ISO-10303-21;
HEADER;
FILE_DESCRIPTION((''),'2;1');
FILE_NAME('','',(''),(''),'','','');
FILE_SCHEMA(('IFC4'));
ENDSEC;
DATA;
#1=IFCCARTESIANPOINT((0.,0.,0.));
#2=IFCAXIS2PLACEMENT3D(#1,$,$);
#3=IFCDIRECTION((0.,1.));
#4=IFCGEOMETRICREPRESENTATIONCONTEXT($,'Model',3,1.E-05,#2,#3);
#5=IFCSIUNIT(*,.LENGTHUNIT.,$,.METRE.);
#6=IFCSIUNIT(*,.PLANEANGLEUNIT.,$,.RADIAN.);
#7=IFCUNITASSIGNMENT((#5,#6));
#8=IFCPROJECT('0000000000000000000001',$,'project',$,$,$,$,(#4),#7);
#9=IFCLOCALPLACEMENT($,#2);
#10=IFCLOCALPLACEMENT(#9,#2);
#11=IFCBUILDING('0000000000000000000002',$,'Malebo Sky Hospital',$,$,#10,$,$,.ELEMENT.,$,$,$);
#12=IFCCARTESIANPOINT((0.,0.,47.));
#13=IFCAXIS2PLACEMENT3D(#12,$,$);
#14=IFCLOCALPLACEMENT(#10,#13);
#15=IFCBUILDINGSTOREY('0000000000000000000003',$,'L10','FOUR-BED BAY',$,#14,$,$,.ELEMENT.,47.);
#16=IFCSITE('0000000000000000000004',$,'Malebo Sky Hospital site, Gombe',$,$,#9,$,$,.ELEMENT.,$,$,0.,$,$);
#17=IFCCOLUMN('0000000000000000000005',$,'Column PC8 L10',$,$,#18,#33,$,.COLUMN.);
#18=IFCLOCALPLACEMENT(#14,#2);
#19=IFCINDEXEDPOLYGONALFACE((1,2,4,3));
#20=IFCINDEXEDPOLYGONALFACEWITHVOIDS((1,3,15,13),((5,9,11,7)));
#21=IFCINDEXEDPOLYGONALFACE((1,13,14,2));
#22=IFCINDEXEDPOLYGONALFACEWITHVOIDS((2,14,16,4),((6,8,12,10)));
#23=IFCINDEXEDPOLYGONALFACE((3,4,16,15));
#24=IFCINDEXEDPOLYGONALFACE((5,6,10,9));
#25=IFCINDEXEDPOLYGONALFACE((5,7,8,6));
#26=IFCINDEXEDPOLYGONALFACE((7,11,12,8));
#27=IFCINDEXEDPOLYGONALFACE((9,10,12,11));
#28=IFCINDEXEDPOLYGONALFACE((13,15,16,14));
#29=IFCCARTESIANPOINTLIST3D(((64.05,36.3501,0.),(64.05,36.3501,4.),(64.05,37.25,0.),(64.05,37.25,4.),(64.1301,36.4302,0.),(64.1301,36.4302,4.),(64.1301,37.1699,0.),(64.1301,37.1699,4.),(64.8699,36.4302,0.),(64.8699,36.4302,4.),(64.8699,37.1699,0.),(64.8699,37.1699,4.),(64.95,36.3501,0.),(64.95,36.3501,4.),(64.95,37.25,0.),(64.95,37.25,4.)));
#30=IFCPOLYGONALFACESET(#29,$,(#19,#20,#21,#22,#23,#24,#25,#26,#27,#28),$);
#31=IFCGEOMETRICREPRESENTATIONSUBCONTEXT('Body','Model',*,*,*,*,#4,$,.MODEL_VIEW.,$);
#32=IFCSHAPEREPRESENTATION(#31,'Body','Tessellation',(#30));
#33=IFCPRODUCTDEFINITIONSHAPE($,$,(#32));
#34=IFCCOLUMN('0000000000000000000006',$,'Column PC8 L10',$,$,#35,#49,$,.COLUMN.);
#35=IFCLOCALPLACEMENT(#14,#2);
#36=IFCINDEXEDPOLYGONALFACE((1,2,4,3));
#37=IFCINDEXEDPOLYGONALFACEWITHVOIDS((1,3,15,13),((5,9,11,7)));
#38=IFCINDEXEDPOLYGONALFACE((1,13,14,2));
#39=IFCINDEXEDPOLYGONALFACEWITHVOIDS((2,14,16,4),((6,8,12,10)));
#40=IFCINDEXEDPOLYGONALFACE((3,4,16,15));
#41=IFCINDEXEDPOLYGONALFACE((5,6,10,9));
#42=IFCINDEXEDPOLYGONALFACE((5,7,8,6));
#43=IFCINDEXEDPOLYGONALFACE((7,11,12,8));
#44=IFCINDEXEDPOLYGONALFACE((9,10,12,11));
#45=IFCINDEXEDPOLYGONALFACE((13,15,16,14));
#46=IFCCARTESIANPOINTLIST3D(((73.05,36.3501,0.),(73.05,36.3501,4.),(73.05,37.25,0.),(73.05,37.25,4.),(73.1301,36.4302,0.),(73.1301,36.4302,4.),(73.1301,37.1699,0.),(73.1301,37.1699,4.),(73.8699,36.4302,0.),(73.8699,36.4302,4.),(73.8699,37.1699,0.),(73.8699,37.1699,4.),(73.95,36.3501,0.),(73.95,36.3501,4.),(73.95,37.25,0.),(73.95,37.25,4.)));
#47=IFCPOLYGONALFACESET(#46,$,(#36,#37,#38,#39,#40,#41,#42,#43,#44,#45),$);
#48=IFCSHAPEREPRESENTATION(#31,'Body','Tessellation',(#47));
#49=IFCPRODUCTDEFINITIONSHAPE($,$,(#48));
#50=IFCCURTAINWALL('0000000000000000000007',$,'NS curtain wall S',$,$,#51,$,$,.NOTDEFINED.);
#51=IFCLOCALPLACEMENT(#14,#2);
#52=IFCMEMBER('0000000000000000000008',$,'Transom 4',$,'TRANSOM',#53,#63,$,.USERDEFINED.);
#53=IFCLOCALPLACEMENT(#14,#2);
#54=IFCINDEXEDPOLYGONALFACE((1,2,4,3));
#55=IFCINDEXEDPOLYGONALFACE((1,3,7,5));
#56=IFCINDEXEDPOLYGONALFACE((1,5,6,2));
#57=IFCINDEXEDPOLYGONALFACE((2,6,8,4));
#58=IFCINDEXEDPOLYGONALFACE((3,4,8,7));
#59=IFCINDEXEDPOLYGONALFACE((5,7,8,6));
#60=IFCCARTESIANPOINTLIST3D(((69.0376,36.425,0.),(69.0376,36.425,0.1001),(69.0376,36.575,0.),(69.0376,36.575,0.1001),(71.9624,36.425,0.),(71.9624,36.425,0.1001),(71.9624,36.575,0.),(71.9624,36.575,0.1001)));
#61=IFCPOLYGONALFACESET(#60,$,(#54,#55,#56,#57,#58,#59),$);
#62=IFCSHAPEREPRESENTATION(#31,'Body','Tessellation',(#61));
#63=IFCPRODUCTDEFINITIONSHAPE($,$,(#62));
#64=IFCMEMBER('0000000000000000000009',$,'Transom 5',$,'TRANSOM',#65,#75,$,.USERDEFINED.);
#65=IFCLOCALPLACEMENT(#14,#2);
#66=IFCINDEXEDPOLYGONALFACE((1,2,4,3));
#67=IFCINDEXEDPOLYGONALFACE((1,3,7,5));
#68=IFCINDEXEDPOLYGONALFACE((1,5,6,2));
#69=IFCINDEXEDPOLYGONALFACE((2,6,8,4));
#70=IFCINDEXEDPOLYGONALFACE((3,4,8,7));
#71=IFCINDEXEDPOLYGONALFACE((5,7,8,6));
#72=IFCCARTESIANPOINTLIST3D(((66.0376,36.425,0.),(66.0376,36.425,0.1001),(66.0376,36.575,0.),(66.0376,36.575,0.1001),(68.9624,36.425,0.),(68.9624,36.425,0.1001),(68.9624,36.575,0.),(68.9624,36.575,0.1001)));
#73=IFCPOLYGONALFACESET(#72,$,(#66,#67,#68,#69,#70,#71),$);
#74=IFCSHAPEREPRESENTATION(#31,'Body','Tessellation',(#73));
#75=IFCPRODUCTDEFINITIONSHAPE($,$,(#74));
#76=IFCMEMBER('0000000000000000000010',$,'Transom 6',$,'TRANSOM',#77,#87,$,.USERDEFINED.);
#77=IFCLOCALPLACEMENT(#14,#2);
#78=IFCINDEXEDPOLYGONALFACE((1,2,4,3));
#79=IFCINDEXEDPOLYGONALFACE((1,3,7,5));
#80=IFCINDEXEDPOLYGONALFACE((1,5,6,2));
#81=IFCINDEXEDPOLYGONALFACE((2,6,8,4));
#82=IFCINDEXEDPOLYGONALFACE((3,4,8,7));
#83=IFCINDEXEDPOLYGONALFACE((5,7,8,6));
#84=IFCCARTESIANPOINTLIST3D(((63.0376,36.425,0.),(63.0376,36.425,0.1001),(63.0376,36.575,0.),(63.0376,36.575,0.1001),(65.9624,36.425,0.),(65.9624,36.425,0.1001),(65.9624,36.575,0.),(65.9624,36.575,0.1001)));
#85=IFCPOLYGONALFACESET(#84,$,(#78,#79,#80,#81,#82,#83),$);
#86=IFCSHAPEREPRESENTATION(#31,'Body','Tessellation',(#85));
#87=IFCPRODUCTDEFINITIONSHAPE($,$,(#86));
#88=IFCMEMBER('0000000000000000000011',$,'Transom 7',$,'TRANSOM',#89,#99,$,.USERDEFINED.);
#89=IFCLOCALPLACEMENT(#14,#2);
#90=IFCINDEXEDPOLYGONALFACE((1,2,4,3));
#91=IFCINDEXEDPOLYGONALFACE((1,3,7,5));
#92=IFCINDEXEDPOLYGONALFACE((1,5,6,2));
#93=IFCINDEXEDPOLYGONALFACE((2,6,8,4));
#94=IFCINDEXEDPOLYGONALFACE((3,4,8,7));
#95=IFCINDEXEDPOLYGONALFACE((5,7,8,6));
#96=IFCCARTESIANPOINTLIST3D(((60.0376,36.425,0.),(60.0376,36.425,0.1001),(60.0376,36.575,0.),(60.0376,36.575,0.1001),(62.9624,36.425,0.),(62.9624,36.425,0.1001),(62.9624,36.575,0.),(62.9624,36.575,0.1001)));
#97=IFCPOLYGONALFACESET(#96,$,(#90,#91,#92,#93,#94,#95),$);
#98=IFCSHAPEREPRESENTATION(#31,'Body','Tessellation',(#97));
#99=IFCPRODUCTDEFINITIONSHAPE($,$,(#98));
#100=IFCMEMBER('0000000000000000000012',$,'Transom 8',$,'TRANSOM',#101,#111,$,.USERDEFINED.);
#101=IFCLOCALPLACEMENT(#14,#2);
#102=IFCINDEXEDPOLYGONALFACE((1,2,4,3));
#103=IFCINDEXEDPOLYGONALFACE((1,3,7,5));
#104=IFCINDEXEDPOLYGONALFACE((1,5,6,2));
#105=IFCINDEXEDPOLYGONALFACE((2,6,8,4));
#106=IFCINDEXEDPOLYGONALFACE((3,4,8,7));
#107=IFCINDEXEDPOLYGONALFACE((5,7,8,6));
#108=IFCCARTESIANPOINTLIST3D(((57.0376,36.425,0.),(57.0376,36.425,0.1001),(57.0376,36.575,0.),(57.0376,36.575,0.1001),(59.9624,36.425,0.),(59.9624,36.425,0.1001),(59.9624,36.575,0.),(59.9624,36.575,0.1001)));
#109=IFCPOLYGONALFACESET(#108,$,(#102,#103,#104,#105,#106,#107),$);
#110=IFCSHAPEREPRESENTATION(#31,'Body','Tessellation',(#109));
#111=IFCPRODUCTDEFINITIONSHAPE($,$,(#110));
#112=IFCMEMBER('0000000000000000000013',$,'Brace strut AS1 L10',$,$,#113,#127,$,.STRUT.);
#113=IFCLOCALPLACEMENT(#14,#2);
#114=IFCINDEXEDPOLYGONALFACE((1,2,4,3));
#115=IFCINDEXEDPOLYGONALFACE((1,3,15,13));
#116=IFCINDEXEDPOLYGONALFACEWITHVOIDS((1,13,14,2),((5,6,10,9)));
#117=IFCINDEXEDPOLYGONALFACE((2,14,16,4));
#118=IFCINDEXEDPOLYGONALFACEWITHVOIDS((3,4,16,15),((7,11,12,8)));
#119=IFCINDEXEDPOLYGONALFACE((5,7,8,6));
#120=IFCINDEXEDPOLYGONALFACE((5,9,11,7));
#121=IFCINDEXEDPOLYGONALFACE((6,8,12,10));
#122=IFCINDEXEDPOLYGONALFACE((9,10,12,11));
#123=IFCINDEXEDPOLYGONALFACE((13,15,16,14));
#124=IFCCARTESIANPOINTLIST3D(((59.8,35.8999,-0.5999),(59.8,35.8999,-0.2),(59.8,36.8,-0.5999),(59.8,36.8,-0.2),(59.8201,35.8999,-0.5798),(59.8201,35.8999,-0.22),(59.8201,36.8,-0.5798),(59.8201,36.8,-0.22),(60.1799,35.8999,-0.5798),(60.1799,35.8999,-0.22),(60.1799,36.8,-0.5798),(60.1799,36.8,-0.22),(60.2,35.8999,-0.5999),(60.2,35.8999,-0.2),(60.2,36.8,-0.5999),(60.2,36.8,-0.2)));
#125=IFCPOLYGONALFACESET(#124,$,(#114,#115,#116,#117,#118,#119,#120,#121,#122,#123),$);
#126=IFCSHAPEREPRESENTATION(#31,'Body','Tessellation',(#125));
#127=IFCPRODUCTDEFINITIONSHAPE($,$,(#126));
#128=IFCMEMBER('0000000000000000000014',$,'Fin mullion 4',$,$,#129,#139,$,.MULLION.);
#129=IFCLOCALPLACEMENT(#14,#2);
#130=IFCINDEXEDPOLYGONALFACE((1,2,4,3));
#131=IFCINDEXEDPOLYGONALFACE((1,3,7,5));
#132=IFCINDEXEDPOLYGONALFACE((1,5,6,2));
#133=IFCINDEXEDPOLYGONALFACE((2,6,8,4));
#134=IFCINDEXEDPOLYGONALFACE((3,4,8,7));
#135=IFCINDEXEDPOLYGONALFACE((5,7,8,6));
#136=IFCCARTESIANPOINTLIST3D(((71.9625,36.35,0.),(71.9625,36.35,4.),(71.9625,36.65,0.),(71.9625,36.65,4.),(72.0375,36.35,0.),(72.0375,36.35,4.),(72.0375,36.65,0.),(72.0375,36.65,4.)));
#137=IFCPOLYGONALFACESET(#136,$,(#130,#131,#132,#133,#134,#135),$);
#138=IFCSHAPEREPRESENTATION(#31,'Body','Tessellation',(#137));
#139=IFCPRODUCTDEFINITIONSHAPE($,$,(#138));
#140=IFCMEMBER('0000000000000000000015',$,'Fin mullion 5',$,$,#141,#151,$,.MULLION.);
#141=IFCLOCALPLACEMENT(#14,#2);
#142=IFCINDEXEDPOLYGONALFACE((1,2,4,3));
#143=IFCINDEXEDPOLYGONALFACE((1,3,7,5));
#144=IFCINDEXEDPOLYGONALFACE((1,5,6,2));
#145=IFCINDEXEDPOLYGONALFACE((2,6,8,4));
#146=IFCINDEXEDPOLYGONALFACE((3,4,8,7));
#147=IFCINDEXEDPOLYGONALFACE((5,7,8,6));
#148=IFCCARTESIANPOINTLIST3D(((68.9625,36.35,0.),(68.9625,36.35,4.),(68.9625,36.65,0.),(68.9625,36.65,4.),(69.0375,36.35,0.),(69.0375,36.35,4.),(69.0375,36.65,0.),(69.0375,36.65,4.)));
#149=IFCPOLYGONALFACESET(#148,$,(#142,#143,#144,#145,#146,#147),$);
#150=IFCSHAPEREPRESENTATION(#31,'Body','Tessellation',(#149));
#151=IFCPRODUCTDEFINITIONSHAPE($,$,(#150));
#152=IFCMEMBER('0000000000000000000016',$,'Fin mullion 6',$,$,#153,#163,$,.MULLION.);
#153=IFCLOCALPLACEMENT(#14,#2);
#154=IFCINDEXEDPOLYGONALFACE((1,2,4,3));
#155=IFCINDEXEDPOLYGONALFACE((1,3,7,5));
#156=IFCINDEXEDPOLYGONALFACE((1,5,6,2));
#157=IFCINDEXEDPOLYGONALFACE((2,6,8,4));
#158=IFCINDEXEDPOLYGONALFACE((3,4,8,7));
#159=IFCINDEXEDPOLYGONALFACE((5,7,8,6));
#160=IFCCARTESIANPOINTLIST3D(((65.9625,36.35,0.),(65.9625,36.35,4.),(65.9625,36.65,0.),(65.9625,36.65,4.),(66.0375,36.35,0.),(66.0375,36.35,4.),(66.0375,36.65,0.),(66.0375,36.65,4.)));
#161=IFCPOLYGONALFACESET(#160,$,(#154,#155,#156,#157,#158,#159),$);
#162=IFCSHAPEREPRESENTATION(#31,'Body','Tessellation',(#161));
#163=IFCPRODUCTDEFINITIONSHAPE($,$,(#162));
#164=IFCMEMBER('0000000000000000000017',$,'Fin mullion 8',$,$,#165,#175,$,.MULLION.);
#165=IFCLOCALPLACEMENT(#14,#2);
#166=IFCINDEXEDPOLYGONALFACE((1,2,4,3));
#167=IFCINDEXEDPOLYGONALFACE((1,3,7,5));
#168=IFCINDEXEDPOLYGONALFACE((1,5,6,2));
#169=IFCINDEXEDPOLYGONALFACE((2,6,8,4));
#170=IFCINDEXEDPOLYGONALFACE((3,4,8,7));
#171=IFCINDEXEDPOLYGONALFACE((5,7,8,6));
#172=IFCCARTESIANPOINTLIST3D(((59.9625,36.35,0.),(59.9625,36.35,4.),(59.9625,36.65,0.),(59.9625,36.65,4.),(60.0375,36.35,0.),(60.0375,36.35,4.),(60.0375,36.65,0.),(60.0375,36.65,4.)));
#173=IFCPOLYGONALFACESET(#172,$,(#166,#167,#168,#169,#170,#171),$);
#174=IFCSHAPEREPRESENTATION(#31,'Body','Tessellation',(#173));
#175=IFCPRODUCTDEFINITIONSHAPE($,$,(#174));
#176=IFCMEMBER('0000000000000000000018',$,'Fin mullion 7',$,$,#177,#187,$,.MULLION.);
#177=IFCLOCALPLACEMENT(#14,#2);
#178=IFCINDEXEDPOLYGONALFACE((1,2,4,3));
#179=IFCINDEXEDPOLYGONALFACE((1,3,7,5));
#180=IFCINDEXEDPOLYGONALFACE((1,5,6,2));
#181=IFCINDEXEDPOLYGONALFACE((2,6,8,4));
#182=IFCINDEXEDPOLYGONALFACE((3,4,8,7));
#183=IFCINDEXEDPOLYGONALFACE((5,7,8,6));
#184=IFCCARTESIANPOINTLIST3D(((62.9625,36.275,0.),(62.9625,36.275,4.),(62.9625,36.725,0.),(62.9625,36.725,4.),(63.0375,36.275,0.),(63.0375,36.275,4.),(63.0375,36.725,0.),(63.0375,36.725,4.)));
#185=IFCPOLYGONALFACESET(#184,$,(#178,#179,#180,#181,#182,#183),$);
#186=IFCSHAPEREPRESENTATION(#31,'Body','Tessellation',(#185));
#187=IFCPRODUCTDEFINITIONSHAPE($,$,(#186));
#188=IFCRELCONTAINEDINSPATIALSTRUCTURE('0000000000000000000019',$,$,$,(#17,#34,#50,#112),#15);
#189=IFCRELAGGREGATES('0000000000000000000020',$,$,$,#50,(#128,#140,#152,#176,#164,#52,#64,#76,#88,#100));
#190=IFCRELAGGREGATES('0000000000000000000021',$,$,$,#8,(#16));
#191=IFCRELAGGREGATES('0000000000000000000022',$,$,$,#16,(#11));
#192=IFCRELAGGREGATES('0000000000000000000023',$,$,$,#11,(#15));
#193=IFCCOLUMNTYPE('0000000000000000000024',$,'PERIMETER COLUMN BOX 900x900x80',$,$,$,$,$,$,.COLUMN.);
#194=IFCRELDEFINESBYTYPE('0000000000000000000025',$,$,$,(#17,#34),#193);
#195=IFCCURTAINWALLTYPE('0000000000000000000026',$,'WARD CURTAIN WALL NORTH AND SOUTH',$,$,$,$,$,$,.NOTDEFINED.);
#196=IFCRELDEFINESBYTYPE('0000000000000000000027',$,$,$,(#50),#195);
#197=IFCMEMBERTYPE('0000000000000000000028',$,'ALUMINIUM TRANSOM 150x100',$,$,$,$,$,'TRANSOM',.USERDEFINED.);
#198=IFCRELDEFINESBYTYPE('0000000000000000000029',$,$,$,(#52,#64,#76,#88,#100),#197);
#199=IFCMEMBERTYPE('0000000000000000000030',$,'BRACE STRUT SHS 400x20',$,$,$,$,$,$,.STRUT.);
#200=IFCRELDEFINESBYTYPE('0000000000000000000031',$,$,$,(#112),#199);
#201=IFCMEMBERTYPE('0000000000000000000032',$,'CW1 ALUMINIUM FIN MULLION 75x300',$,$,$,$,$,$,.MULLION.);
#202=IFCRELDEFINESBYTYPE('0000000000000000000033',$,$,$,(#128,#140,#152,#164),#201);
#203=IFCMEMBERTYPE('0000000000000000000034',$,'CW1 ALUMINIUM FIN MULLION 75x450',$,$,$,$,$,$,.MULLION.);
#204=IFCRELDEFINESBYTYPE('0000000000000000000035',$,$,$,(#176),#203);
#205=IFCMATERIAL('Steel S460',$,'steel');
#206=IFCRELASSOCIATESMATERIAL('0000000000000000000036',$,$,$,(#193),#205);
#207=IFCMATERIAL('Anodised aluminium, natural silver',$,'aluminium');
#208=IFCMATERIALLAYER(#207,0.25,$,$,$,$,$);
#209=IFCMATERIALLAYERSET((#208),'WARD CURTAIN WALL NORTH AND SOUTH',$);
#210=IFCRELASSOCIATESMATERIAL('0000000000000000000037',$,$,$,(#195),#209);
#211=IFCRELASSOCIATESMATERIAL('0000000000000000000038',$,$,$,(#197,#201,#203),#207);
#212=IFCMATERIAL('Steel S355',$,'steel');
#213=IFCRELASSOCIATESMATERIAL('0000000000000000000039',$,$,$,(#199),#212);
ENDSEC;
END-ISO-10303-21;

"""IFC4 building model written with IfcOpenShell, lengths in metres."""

from ifc_helpers import new_model, si_unit, direction, frame, origin, origin_2d, place, context, subcontext, project, spatial, rectangle, hollow_rectangle, extrude, material, layer, layer_set, material_profile, profile_set, type_object, element, aggregate, save


model = new_model("IFC4")

# Units and contexts
model_context = context("Model", 3, precision=1e-05, world=origin(), true_north=direction((0.0, 1.0)))
body_context = subcontext(model_context, "Body", "Model", "MODEL_VIEW")
ifc_project = project(units=[si_unit("LENGTHUNIT", "METRE"), si_unit("PLANEANGLEUNIT", "RADIAN")], contexts=[model_context])

# Site, building, storey
site_placement = place(None, origin())
site = spatial("IfcSite", under=ifc_project, at=site_placement, Name="Malebo Sky Hospital site, Gombe", CompositionType="ELEMENT", RefElevation=0.0)
building_placement = place(site_placement, origin())
building = spatial("IfcBuilding", under=site, at=building_placement, Name="Malebo Sky Hospital", CompositionType="ELEMENT")
storey_placement = place(building_placement, frame((0.0, 0.0, 47.0)))
storey = spatial("IfcBuildingStorey", under=building, at=storey_placement, Name="L10", Description="FOUR-BED BAY", CompositionType="ELEMENT", Elevation=47.0)

# Columns
ifc_material_1 = material(Name="Steel S460", Category="steel")
ifc_material_profile_1 = material_profile(ifc_material_1, hollow_rectangle(XDim=0.8999, YDim=0.8999, WallThickness=0.0801, at=origin_2d()), Name="BOX 900x900x80")
ifc_profile_set_1 = profile_set([ifc_material_profile_1], Name="Steel S460")
column_type = type_object("IfcColumnType", Name="PERIMETER COLUMN BOX 900x900x80", PredefinedType="COLUMN", material=ifc_profile_set_1)
for number, where, z_axis, x_axis, name in (
    (1, (64.5, 36.8, 0.0), (0.0, 0.0, 1.0), (1.0, 0.0, 0.0), "Column PC8 L10"),
    (2, (73.5, 36.8, 0.0), (0.0, 0.0, 1.0), (1.0, 0.0, 0.0), "Column PC8 L10"),
):
    element("IfcColumn", number, at=place(storey_placement, frame(where, z_axis=z_axis, x_axis=x_axis)), inside=storey, type_object=column_type, Name=name, PredefinedType="COLUMN", context=body_context, shape_type="SweptSolid", body=[
        extrude(hollow_rectangle(XDim=0.8999, YDim=0.8999, WallThickness=0.0801, at=origin_2d()), origin(), (0.0, 0.0, 1.0), 4.0),
    ])

# Curtain wall, members
ifc_material_2 = material(Name="Anodised aluminium, natural silver", Category="aluminium")
ifc_layer_1 = layer(ifc_material_2, 0.25)
ifc_layer_set_1 = layer_set([ifc_layer_1], Name="WARD CURTAIN WALL NORTH AND SOUTH")
curtain_wall_type = type_object("IfcCurtainWallType", Name="WARD CURTAIN WALL NORTH AND SOUTH", PredefinedType="NOTDEFINED", material=ifc_layer_set_1)
curtain_wall_placement = place(storey_placement, origin())
curtain_wall = element("IfcCurtainWall", 3, at=curtain_wall_placement, inside=storey, type_object=curtain_wall_type, Name="NS curtain wall S", PredefinedType="NOTDEFINED")
ifc_material_profile_2 = material_profile(ifc_material_2, rectangle(XDim=0.1499, YDim=0.1001, at=origin_2d()), Name="ALUMINIUM TRANSOM 150x100")
ifc_profile_set_2 = profile_set([ifc_material_profile_2], Name="Anodised aluminium, natural silver")
member_type_1 = type_object("IfcMemberType", Name="ALUMINIUM TRANSOM 150x100", ElementType="TRANSOM", PredefinedType="USERDEFINED", material=ifc_profile_set_2)
member_1_placement = place(storey_placement, frame((71.9624, 36.5, 0.05), z_axis=(-1.0, 0.0, 0.0), x_axis=(0.0, -1.0, 0.0)))
member_1 = element("IfcMember", 4, at=member_1_placement, type_object=member_type_1, Name="Transom 4", ObjectType="TRANSOM", PredefinedType="USERDEFINED", context=body_context, shape_type="SweptSolid", body=[
    extrude(rectangle(XDim=0.1499, YDim=0.1001, at=origin_2d()), origin(), (0.0, 0.0, 1.0), 2.9248),
])
member_2_placement = place(storey_placement, frame((68.9624, 36.5, 0.05), z_axis=(-1.0, 0.0, 0.0), x_axis=(0.0, -1.0, 0.0)))
member_2 = element("IfcMember", 5, at=member_2_placement, type_object=member_type_1, Name="Transom 5", ObjectType="TRANSOM", PredefinedType="USERDEFINED", context=body_context, shape_type="SweptSolid", body=[
    extrude(rectangle(XDim=0.1499, YDim=0.1001, at=origin_2d()), origin(), (0.0, 0.0, 1.0), 2.9248),
])
member_3_placement = place(storey_placement, frame((65.9624, 36.5, 0.05), z_axis=(-1.0, 0.0, 0.0), x_axis=(0.0, -1.0, 0.0)))
member_3 = element("IfcMember", 6, at=member_3_placement, type_object=member_type_1, Name="Transom 6", ObjectType="TRANSOM", PredefinedType="USERDEFINED", context=body_context, shape_type="SweptSolid", body=[
    extrude(rectangle(XDim=0.1499, YDim=0.1001, at=origin_2d()), origin(), (0.0, 0.0, 1.0), 2.9248),
])
member_4_placement = place(storey_placement, frame((62.9624, 36.5, 0.05), z_axis=(-1.0, 0.0, 0.0), x_axis=(0.0, -1.0, 0.0)))
member_4 = element("IfcMember", 7, at=member_4_placement, type_object=member_type_1, Name="Transom 7", ObjectType="TRANSOM", PredefinedType="USERDEFINED", context=body_context, shape_type="SweptSolid", body=[
    extrude(rectangle(XDim=0.1499, YDim=0.1001, at=origin_2d()), origin(), (0.0, 0.0, 1.0), 2.9248),
])
member_5_placement = place(storey_placement, frame((59.9624, 36.5, 0.05), z_axis=(-1.0, 0.0, 0.0), x_axis=(0.0, -1.0, 0.0)))
member_5 = element("IfcMember", 8, at=member_5_placement, type_object=member_type_1, Name="Transom 8", ObjectType="TRANSOM", PredefinedType="USERDEFINED", context=body_context, shape_type="SweptSolid", body=[
    extrude(rectangle(XDim=0.1499, YDim=0.1001, at=origin_2d()), origin(), (0.0, 0.0, 1.0), 2.9248),
])

# Members
ifc_material_3 = material(Name="Steel S355", Category="steel")
ifc_material_profile_3 = material_profile(ifc_material_3, hollow_rectangle(XDim=0.3999, YDim=0.3999, WallThickness=0.02, at=origin_2d()), Name="SHS 400x20")
ifc_profile_set_3 = profile_set([ifc_material_profile_3], Name="Steel S355")
member_type_2 = type_object("IfcMemberType", Name="BRACE STRUT SHS 400x20", PredefinedType="STRUT", material=ifc_profile_set_3)
member_6_placement = place(storey_placement, frame((60.0, 35.8999, -0.3999), z_axis=(0.0, 1.0, 0.0), x_axis=(-1.0, 0.0, 0.0)))
element("IfcMember", 9, at=member_6_placement, inside=storey, type_object=member_type_2, Name="Brace strut AS1 L10", PredefinedType="STRUT", context=body_context, shape_type="SweptSolid", body=[
    extrude(hollow_rectangle(XDim=0.3999, YDim=0.3999, WallThickness=0.02, at=origin_2d()), origin(), (0.0, 0.0, 1.0), 0.9001),
])
ifc_material_profile_4 = material_profile(ifc_material_2, rectangle(XDim=0.075, YDim=0.3, at=origin_2d()), Name="CW1 ALUMINIUM FIN MULLION 75x300")
ifc_profile_set_4 = profile_set([ifc_material_profile_4], Name="Anodised aluminium, natural silver")
member_type_3 = type_object("IfcMemberType", Name="CW1 ALUMINIUM FIN MULLION 75x300", PredefinedType="MULLION", material=ifc_profile_set_4)
member_7_placement = place(storey_placement, frame((72.0, 36.5, 0.0), z_axis=(0.0, 0.0, 1.0), x_axis=(-1.0, 0.0, 0.0)))
member_7 = element("IfcMember", 10, at=member_7_placement, type_object=member_type_3, Name="Fin mullion 4", PredefinedType="MULLION", context=body_context, shape_type="SweptSolid", body=[
    extrude(rectangle(XDim=0.075, YDim=0.3, at=origin_2d()), origin(), (0.0, 0.0, 1.0), 4.0),
])
member_8_placement = place(storey_placement, frame((69.0, 36.5, 0.0), z_axis=(0.0, 0.0, 1.0), x_axis=(-1.0, 0.0, 0.0)))
member_8 = element("IfcMember", 11, at=member_8_placement, type_object=member_type_3, Name="Fin mullion 5", PredefinedType="MULLION", context=body_context, shape_type="SweptSolid", body=[
    extrude(rectangle(XDim=0.075, YDim=0.3, at=origin_2d()), origin(), (0.0, 0.0, 1.0), 4.0),
])
member_9_placement = place(storey_placement, frame((66.0, 36.5, 0.0), z_axis=(0.0, 0.0, 1.0), x_axis=(-1.0, 0.0, 0.0)))
member_9 = element("IfcMember", 12, at=member_9_placement, type_object=member_type_3, Name="Fin mullion 6", PredefinedType="MULLION", context=body_context, shape_type="SweptSolid", body=[
    extrude(rectangle(XDim=0.075, YDim=0.3, at=origin_2d()), origin(), (0.0, 0.0, 1.0), 4.0),
])
member_10_placement = place(storey_placement, frame((60.0, 36.5, 0.0), z_axis=(0.0, 0.0, 1.0), x_axis=(-1.0, 0.0, 0.0)))
member_10 = element("IfcMember", 13, at=member_10_placement, type_object=member_type_3, Name="Fin mullion 8", PredefinedType="MULLION", context=body_context, shape_type="SweptSolid", body=[
    extrude(rectangle(XDim=0.075, YDim=0.3, at=origin_2d()), origin(), (0.0, 0.0, 1.0), 4.0),
])
ifc_material_profile_5 = material_profile(ifc_material_2, rectangle(XDim=0.075, YDim=0.45, at=origin_2d()), Name="CW1 ALUMINIUM FIN MULLION 75x450")
ifc_profile_set_5 = profile_set([ifc_material_profile_5], Name="Anodised aluminium, natural silver")
member_type_4 = type_object("IfcMemberType", Name="CW1 ALUMINIUM FIN MULLION 75x450", PredefinedType="MULLION", material=ifc_profile_set_5)
member_11_placement = place(storey_placement, frame((63.0, 36.5, 0.0), z_axis=(0.0, 0.0, 1.0), x_axis=(-1.0, 0.0, 0.0)))
member_11 = element("IfcMember", 14, at=member_11_placement, type_object=member_type_4, Name="Fin mullion 7", PredefinedType="MULLION", context=body_context, shape_type="SweptSolid", body=[
    extrude(rectangle(XDim=0.075, YDim=0.45, at=origin_2d()), origin(), (0.0, 0.0, 1.0), 4.0),
])

aggregate(curtain_wall, [member_7, member_8, member_9, member_11, member_10, member_1, member_2, member_3, member_4, member_5])

save(model, "model.ifc")
